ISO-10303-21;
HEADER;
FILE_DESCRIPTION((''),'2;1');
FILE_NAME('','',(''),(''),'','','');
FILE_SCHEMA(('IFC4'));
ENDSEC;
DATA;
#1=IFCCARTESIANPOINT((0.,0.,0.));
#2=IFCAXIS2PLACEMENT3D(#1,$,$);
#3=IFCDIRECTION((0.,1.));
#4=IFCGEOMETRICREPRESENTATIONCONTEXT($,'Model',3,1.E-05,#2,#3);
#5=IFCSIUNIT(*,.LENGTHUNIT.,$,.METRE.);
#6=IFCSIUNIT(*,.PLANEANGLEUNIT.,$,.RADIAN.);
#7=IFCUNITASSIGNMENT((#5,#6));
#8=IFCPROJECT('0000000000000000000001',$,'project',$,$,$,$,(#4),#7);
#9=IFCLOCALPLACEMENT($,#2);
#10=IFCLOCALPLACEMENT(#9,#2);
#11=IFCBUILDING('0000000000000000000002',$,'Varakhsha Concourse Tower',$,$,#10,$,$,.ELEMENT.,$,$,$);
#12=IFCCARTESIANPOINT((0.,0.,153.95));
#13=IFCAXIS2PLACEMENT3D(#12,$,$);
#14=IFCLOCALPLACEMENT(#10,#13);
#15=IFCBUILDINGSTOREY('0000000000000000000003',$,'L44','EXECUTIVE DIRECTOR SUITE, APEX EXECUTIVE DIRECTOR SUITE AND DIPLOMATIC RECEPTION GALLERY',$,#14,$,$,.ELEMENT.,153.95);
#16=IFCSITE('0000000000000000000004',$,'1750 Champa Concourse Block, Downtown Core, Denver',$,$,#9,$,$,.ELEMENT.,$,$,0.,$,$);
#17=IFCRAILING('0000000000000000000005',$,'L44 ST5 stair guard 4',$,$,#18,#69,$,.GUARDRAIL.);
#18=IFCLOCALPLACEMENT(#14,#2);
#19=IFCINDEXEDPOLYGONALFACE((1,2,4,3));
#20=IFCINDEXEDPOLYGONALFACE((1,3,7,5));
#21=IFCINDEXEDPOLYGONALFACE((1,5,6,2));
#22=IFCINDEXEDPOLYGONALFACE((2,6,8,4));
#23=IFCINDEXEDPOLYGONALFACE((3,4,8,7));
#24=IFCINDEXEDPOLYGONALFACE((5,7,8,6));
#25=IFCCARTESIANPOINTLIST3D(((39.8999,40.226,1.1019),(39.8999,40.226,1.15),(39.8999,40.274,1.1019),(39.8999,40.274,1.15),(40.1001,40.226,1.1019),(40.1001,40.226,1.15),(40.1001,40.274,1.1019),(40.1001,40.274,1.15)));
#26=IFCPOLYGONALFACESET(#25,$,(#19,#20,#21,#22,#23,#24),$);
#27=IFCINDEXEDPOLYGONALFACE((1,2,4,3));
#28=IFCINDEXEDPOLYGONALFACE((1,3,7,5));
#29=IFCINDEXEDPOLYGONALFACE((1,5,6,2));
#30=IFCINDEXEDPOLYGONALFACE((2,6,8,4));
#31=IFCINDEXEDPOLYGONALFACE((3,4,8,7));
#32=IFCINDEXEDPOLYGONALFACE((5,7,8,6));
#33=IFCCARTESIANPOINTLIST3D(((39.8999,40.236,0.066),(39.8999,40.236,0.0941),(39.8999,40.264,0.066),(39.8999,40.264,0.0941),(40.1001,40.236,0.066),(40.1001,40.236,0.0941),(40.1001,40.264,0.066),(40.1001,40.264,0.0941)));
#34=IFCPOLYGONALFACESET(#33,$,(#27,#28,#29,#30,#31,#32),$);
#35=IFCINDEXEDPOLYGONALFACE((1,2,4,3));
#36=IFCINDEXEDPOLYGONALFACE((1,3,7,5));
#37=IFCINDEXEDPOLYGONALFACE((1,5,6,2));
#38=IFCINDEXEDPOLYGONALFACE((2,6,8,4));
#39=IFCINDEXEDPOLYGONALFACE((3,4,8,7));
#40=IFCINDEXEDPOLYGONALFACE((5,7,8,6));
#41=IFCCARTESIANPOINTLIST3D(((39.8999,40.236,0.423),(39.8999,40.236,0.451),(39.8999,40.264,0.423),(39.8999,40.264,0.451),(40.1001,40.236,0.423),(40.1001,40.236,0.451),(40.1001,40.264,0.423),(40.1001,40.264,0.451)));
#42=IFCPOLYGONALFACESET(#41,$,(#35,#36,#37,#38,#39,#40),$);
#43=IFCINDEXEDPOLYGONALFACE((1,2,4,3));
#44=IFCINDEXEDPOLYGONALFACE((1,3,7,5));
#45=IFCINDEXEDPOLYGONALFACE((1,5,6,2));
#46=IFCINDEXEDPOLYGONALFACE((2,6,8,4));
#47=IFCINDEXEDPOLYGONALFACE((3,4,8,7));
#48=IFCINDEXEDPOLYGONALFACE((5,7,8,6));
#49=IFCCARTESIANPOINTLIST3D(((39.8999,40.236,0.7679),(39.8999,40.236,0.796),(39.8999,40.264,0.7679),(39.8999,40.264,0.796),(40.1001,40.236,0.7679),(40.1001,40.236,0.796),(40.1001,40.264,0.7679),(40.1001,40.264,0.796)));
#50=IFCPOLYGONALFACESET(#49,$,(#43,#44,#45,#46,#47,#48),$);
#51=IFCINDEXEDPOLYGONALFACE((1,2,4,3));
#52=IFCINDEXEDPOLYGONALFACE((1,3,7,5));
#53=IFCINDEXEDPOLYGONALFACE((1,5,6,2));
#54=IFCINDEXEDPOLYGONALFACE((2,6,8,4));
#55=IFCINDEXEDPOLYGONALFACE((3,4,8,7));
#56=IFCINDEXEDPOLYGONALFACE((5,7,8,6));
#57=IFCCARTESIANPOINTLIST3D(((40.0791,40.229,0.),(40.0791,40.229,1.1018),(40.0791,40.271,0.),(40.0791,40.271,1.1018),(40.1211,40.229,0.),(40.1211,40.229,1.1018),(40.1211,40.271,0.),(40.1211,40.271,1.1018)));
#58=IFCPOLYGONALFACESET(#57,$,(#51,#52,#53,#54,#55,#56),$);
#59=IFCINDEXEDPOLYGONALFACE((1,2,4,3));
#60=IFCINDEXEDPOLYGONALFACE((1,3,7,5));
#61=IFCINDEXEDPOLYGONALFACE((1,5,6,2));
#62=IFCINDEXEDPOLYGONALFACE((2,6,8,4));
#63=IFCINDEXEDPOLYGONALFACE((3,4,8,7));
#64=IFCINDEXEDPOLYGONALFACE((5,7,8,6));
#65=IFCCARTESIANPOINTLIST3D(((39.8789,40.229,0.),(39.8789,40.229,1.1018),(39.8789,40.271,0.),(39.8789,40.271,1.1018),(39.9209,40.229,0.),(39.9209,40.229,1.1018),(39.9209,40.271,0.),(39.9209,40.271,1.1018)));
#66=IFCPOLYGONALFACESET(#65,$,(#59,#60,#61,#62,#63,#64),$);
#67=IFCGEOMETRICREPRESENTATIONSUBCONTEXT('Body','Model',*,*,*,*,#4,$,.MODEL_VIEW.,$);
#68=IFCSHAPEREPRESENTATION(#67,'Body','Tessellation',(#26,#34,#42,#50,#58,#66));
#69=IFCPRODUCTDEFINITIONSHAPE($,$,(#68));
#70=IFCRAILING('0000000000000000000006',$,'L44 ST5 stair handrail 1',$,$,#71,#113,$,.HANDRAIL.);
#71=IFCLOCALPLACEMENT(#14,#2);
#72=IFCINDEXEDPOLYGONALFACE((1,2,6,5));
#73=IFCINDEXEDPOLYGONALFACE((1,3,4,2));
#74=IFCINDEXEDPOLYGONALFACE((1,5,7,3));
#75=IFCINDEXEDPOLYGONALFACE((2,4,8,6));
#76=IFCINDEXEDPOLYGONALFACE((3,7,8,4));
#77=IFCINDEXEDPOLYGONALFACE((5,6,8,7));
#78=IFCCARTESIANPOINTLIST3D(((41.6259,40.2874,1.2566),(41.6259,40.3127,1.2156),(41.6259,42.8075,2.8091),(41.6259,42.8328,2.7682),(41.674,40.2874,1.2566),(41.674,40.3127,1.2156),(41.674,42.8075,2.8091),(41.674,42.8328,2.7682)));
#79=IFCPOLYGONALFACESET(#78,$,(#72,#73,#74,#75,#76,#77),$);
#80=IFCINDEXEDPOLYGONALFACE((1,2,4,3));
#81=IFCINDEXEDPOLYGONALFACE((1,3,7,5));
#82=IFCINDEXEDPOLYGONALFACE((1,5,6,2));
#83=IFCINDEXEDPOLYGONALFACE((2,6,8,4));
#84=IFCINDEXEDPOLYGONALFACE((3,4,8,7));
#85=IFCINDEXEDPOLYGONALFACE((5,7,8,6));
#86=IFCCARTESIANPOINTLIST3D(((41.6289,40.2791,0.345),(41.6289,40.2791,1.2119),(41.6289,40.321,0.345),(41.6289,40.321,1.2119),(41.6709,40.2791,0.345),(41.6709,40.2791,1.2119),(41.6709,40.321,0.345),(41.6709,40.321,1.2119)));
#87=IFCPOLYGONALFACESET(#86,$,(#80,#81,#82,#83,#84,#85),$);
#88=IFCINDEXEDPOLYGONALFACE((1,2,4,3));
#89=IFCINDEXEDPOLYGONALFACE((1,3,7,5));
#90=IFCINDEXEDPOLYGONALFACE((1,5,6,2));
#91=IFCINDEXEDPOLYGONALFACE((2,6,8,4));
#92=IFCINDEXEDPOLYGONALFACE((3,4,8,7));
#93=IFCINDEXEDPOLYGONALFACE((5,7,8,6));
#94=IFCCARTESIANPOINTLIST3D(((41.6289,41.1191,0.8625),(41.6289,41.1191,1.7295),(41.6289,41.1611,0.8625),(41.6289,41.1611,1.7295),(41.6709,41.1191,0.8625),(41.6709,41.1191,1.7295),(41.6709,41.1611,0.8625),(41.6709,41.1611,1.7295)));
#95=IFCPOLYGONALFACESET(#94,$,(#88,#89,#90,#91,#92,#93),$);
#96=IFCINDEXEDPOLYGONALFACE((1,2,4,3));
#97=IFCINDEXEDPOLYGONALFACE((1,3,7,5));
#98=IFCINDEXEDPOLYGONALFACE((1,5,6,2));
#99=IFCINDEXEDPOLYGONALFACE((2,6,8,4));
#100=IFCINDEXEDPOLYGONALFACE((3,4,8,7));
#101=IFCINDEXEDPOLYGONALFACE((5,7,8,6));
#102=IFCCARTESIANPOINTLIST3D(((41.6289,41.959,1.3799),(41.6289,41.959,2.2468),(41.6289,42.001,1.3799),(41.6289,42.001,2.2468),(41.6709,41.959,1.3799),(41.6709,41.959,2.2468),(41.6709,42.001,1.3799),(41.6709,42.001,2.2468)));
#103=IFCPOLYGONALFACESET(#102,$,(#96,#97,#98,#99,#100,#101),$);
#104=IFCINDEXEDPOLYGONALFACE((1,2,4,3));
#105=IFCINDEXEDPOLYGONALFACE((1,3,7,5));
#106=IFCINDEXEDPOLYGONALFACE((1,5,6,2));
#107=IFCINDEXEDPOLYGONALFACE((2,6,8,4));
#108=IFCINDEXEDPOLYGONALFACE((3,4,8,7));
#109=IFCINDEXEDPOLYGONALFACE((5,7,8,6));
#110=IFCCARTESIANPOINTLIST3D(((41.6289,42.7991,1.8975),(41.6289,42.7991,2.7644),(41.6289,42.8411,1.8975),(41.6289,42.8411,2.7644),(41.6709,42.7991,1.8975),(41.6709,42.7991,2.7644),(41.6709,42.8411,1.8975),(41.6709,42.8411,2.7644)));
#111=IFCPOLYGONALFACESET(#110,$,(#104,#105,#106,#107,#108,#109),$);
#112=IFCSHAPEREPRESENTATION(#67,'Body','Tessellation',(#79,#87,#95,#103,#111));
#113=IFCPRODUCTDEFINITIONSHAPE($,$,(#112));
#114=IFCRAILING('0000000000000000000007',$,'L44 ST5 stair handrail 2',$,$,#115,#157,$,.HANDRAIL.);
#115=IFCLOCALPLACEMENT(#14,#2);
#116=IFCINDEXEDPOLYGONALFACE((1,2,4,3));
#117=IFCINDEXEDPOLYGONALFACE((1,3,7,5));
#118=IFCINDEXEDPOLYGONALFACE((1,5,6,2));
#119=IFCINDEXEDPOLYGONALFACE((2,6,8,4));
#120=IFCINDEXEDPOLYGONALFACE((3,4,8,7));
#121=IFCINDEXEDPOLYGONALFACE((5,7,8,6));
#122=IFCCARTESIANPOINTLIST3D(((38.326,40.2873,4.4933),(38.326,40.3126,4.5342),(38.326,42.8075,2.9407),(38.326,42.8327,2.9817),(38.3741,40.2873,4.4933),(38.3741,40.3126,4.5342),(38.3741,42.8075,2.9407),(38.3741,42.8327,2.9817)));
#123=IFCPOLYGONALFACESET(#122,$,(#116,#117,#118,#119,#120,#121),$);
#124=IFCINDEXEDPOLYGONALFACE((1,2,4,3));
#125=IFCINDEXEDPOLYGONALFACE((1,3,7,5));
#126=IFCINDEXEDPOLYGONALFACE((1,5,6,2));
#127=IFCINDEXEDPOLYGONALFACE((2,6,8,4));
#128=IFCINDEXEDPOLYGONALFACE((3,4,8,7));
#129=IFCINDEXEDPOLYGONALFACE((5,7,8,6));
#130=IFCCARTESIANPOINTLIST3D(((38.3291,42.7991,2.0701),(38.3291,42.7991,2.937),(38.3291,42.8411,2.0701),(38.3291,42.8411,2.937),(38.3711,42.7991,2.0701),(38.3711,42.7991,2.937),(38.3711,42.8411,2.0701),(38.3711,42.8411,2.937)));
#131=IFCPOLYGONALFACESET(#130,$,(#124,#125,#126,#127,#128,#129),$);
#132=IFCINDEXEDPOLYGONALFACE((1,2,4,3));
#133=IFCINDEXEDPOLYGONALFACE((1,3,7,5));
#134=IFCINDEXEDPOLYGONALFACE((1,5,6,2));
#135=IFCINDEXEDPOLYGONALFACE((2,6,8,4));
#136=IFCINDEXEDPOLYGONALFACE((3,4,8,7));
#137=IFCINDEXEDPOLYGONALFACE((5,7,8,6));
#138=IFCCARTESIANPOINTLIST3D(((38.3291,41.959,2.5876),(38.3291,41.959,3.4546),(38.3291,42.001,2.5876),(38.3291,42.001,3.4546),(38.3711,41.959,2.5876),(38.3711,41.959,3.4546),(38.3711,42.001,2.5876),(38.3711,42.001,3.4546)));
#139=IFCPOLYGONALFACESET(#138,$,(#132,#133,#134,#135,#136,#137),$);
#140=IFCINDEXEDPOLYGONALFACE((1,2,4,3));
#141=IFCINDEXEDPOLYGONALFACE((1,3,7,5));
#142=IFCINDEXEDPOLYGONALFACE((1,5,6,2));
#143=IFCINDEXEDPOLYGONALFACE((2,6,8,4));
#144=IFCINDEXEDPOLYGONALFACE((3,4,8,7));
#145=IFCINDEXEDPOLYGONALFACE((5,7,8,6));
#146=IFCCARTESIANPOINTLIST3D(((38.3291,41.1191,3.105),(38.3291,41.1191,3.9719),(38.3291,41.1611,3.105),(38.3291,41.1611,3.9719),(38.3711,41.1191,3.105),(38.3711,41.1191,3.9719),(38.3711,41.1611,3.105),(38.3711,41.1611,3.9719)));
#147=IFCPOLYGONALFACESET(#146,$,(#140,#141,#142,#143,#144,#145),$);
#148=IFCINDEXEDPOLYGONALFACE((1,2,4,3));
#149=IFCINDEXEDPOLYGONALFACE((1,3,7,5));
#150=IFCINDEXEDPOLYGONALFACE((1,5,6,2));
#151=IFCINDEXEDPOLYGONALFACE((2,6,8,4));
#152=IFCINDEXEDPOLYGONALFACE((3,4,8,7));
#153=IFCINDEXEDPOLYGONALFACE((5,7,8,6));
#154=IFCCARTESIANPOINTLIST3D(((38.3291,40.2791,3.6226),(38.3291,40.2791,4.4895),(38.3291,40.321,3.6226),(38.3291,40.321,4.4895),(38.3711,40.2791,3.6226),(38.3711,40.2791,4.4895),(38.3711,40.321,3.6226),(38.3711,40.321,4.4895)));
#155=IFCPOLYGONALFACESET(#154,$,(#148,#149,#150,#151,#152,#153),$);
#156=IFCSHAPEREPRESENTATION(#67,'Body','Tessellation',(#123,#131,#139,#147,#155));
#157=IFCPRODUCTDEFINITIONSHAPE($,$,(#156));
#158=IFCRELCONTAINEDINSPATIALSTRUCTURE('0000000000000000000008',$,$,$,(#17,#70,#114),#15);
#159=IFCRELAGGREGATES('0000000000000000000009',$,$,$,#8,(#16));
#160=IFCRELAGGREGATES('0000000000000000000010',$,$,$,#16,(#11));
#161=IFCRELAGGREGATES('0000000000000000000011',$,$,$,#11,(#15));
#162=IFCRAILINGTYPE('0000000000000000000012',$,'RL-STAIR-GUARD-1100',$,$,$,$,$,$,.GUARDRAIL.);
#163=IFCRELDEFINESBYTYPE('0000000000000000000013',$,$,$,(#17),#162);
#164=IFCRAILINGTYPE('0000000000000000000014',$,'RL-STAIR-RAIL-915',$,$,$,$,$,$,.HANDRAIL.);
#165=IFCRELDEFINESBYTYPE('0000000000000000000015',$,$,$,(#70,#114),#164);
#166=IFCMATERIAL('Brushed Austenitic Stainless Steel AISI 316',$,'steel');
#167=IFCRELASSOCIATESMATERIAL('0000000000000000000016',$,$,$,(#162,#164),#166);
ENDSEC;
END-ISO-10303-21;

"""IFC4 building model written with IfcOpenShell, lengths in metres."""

from ifc_helpers import new_model, si_unit, direction, frame, origin, origin_2d, place, context, subcontext, project, spatial, rectangle, extrude, material, type_object, element, save


model = new_model("IFC4")

# Units and contexts
model_context = context("Model", 3, precision=1e-05, world=origin(), true_north=direction((0.0, 1.0)))
body_context = subcontext(model_context, "Body", "Model", "MODEL_VIEW")
ifc_project = project(units=[si_unit("LENGTHUNIT", "METRE"), si_unit("PLANEANGLEUNIT", "RADIAN")], contexts=[model_context])

# Site, building, storey
site_placement = place(None, origin())
site = spatial("IfcSite", under=ifc_project, at=site_placement, Name="1750 Champa Concourse Block, Downtown Core, Denver", CompositionType="ELEMENT", RefElevation=0.0)
building_placement = place(site_placement, origin())
building = spatial("IfcBuilding", under=site, at=building_placement, Name="Varakhsha Concourse Tower", CompositionType="ELEMENT")
storey_placement = place(building_placement, frame((0.0, 0.0, 153.95)))
storey = spatial("IfcBuildingStorey", under=building, at=storey_placement, Name="L44", Description="EXECUTIVE DIRECTOR SUITE, APEX EXECUTIVE DIRECTOR SUITE AND DIPLOMATIC RECEPTION GALLERY", CompositionType="ELEMENT", Elevation=153.95)

# Railings
ifc_material_1 = material(Name="Brushed Austenitic Stainless Steel AISI 316", Category="steel")
railing_type_1 = type_object("IfcRailingType", Name="RL-STAIR-GUARD-1100", PredefinedType="GUARDRAIL", material=ifc_material_1)
railing_1_placement = place(storey_placement, frame((40.1001, 40.25, 0.0)))
element("IfcRailing", 1, at=railing_1_placement, inside=storey, type_object=railing_type_1, Name="L44 ST5 stair guard 4", PredefinedType="GUARDRAIL", context=body_context, shape_type="SweptSolid", body=[
    extrude(rectangle(XDim=0.0481, YDim=0.0481, at=origin_2d()), frame((0.0, 0.0, 1.126), z_axis=(-1.0, 0.0, 0.0), x_axis=(0.0, -1.0, 0.0)), (0.0, 0.0, 1.0), 0.2002),
    extrude(rectangle(XDim=0.0281, YDim=0.0281, at=origin_2d()), frame((0.0, 0.0, 0.0801), z_axis=(-1.0, 0.0, 0.0), x_axis=(0.0, -1.0, 0.0)), (0.0, 0.0, 1.0), 0.2002),
    extrude(rectangle(XDim=0.0281, YDim=0.0281, at=origin_2d()), frame((0.0, 0.0, 0.437), z_axis=(-1.0, 0.0, 0.0), x_axis=(0.0, -1.0, 0.0)), (0.0, 0.0, 1.0), 0.2002),
    extrude(rectangle(XDim=0.0281, YDim=0.0281, at=origin_2d()), frame((0.0, 0.0, 0.782), z_axis=(-1.0, 0.0, 0.0), x_axis=(0.0, -1.0, 0.0)), (0.0, 0.0, 1.0), 0.2002),
    extrude(rectangle(XDim=0.042, YDim=0.042, at=origin_2d()), origin(), (0.0, 0.0, 1.0), 1.1018),
    extrude(rectangle(XDim=0.042, YDim=0.042, at=origin_2d()), frame((-0.2002, 0.0, 0.0)), (0.0, 0.0, 1.0), 1.1018),
])
railing_type_2 = type_object("IfcRailingType", Name="RL-STAIR-RAIL-915", PredefinedType="HANDRAIL", material=ifc_material_1)
railing_2_placement = place(storey_placement, frame((41.6499, 40.3, 0.345)))
element("IfcRailing", 2, at=railing_2_placement, inside=storey, type_object=railing_type_2, Name="L44 ST5 stair handrail 1", PredefinedType="HANDRAIL", context=body_context, shape_type="SweptSolid", body=[
    extrude(rectangle(XDim=0.0481, YDim=0.0481, at=origin_2d()), frame((0.0, 0.0, 0.8911), z_axis=(0.0, 0.8514, 0.524516), x_axis=(-1.0, 0.0, 0.0)), (0.0, 0.0, 1.0), 2.96),
    extrude(rectangle(XDim=0.042, YDim=0.042, at=origin_2d()), origin(), (0.0, 0.0, 1.0), 0.8669),
    extrude(rectangle(XDim=0.042, YDim=0.042, at=origin_2d()), frame((0.0, 0.8401, 0.5176)), (0.0, 0.0, 1.0), 0.8669),
    extrude(rectangle(XDim=0.042, YDim=0.042, at=origin_2d()), frame((0.0, 1.6799, 1.0349)), (0.0, 0.0, 1.0), 0.8669),
    extrude(rectangle(XDim=0.042, YDim=0.042, at=origin_2d()), frame((0.0, 2.52, 1.5525)), (0.0, 0.0, 1.0), 0.8669),
])
railing_3_placement = place(storey_placement, frame((38.3501, 42.8201, 2.0701)))
element("IfcRailing", 3, at=railing_3_placement, inside=storey, type_object=railing_type_2, Name="L44 ST5 stair handrail 2", PredefinedType="HANDRAIL", context=body_context, shape_type="SweptSolid", body=[
    extrude(rectangle(XDim=0.0481, YDim=0.0481, at=origin_2d()), frame((0.0, 0.0, 0.8911), z_axis=(0.0, -0.8514, 0.524516), x_axis=(1.0, 0.0, 0.0)), (0.0, 0.0, 1.0), 2.96),
    extrude(rectangle(XDim=0.042, YDim=0.042, at=origin_2d()), origin(), (0.0, 0.0, 1.0), 0.8669),
    extrude(rectangle(XDim=0.042, YDim=0.042, at=origin_2d()), frame((0.0, -0.8401, 0.5176)), (0.0, 0.0, 1.0), 0.8669),
    extrude(rectangle(XDim=0.042, YDim=0.042, at=origin_2d()), frame((0.0, -1.6799, 1.0349)), (0.0, 0.0, 1.0), 0.8669),
    extrude(rectangle(XDim=0.042, YDim=0.042, at=origin_2d()), frame((0.0, -2.52, 1.5525)), (0.0, 0.0, 1.0), 0.8669),
])

save(model, "model.ifc")
